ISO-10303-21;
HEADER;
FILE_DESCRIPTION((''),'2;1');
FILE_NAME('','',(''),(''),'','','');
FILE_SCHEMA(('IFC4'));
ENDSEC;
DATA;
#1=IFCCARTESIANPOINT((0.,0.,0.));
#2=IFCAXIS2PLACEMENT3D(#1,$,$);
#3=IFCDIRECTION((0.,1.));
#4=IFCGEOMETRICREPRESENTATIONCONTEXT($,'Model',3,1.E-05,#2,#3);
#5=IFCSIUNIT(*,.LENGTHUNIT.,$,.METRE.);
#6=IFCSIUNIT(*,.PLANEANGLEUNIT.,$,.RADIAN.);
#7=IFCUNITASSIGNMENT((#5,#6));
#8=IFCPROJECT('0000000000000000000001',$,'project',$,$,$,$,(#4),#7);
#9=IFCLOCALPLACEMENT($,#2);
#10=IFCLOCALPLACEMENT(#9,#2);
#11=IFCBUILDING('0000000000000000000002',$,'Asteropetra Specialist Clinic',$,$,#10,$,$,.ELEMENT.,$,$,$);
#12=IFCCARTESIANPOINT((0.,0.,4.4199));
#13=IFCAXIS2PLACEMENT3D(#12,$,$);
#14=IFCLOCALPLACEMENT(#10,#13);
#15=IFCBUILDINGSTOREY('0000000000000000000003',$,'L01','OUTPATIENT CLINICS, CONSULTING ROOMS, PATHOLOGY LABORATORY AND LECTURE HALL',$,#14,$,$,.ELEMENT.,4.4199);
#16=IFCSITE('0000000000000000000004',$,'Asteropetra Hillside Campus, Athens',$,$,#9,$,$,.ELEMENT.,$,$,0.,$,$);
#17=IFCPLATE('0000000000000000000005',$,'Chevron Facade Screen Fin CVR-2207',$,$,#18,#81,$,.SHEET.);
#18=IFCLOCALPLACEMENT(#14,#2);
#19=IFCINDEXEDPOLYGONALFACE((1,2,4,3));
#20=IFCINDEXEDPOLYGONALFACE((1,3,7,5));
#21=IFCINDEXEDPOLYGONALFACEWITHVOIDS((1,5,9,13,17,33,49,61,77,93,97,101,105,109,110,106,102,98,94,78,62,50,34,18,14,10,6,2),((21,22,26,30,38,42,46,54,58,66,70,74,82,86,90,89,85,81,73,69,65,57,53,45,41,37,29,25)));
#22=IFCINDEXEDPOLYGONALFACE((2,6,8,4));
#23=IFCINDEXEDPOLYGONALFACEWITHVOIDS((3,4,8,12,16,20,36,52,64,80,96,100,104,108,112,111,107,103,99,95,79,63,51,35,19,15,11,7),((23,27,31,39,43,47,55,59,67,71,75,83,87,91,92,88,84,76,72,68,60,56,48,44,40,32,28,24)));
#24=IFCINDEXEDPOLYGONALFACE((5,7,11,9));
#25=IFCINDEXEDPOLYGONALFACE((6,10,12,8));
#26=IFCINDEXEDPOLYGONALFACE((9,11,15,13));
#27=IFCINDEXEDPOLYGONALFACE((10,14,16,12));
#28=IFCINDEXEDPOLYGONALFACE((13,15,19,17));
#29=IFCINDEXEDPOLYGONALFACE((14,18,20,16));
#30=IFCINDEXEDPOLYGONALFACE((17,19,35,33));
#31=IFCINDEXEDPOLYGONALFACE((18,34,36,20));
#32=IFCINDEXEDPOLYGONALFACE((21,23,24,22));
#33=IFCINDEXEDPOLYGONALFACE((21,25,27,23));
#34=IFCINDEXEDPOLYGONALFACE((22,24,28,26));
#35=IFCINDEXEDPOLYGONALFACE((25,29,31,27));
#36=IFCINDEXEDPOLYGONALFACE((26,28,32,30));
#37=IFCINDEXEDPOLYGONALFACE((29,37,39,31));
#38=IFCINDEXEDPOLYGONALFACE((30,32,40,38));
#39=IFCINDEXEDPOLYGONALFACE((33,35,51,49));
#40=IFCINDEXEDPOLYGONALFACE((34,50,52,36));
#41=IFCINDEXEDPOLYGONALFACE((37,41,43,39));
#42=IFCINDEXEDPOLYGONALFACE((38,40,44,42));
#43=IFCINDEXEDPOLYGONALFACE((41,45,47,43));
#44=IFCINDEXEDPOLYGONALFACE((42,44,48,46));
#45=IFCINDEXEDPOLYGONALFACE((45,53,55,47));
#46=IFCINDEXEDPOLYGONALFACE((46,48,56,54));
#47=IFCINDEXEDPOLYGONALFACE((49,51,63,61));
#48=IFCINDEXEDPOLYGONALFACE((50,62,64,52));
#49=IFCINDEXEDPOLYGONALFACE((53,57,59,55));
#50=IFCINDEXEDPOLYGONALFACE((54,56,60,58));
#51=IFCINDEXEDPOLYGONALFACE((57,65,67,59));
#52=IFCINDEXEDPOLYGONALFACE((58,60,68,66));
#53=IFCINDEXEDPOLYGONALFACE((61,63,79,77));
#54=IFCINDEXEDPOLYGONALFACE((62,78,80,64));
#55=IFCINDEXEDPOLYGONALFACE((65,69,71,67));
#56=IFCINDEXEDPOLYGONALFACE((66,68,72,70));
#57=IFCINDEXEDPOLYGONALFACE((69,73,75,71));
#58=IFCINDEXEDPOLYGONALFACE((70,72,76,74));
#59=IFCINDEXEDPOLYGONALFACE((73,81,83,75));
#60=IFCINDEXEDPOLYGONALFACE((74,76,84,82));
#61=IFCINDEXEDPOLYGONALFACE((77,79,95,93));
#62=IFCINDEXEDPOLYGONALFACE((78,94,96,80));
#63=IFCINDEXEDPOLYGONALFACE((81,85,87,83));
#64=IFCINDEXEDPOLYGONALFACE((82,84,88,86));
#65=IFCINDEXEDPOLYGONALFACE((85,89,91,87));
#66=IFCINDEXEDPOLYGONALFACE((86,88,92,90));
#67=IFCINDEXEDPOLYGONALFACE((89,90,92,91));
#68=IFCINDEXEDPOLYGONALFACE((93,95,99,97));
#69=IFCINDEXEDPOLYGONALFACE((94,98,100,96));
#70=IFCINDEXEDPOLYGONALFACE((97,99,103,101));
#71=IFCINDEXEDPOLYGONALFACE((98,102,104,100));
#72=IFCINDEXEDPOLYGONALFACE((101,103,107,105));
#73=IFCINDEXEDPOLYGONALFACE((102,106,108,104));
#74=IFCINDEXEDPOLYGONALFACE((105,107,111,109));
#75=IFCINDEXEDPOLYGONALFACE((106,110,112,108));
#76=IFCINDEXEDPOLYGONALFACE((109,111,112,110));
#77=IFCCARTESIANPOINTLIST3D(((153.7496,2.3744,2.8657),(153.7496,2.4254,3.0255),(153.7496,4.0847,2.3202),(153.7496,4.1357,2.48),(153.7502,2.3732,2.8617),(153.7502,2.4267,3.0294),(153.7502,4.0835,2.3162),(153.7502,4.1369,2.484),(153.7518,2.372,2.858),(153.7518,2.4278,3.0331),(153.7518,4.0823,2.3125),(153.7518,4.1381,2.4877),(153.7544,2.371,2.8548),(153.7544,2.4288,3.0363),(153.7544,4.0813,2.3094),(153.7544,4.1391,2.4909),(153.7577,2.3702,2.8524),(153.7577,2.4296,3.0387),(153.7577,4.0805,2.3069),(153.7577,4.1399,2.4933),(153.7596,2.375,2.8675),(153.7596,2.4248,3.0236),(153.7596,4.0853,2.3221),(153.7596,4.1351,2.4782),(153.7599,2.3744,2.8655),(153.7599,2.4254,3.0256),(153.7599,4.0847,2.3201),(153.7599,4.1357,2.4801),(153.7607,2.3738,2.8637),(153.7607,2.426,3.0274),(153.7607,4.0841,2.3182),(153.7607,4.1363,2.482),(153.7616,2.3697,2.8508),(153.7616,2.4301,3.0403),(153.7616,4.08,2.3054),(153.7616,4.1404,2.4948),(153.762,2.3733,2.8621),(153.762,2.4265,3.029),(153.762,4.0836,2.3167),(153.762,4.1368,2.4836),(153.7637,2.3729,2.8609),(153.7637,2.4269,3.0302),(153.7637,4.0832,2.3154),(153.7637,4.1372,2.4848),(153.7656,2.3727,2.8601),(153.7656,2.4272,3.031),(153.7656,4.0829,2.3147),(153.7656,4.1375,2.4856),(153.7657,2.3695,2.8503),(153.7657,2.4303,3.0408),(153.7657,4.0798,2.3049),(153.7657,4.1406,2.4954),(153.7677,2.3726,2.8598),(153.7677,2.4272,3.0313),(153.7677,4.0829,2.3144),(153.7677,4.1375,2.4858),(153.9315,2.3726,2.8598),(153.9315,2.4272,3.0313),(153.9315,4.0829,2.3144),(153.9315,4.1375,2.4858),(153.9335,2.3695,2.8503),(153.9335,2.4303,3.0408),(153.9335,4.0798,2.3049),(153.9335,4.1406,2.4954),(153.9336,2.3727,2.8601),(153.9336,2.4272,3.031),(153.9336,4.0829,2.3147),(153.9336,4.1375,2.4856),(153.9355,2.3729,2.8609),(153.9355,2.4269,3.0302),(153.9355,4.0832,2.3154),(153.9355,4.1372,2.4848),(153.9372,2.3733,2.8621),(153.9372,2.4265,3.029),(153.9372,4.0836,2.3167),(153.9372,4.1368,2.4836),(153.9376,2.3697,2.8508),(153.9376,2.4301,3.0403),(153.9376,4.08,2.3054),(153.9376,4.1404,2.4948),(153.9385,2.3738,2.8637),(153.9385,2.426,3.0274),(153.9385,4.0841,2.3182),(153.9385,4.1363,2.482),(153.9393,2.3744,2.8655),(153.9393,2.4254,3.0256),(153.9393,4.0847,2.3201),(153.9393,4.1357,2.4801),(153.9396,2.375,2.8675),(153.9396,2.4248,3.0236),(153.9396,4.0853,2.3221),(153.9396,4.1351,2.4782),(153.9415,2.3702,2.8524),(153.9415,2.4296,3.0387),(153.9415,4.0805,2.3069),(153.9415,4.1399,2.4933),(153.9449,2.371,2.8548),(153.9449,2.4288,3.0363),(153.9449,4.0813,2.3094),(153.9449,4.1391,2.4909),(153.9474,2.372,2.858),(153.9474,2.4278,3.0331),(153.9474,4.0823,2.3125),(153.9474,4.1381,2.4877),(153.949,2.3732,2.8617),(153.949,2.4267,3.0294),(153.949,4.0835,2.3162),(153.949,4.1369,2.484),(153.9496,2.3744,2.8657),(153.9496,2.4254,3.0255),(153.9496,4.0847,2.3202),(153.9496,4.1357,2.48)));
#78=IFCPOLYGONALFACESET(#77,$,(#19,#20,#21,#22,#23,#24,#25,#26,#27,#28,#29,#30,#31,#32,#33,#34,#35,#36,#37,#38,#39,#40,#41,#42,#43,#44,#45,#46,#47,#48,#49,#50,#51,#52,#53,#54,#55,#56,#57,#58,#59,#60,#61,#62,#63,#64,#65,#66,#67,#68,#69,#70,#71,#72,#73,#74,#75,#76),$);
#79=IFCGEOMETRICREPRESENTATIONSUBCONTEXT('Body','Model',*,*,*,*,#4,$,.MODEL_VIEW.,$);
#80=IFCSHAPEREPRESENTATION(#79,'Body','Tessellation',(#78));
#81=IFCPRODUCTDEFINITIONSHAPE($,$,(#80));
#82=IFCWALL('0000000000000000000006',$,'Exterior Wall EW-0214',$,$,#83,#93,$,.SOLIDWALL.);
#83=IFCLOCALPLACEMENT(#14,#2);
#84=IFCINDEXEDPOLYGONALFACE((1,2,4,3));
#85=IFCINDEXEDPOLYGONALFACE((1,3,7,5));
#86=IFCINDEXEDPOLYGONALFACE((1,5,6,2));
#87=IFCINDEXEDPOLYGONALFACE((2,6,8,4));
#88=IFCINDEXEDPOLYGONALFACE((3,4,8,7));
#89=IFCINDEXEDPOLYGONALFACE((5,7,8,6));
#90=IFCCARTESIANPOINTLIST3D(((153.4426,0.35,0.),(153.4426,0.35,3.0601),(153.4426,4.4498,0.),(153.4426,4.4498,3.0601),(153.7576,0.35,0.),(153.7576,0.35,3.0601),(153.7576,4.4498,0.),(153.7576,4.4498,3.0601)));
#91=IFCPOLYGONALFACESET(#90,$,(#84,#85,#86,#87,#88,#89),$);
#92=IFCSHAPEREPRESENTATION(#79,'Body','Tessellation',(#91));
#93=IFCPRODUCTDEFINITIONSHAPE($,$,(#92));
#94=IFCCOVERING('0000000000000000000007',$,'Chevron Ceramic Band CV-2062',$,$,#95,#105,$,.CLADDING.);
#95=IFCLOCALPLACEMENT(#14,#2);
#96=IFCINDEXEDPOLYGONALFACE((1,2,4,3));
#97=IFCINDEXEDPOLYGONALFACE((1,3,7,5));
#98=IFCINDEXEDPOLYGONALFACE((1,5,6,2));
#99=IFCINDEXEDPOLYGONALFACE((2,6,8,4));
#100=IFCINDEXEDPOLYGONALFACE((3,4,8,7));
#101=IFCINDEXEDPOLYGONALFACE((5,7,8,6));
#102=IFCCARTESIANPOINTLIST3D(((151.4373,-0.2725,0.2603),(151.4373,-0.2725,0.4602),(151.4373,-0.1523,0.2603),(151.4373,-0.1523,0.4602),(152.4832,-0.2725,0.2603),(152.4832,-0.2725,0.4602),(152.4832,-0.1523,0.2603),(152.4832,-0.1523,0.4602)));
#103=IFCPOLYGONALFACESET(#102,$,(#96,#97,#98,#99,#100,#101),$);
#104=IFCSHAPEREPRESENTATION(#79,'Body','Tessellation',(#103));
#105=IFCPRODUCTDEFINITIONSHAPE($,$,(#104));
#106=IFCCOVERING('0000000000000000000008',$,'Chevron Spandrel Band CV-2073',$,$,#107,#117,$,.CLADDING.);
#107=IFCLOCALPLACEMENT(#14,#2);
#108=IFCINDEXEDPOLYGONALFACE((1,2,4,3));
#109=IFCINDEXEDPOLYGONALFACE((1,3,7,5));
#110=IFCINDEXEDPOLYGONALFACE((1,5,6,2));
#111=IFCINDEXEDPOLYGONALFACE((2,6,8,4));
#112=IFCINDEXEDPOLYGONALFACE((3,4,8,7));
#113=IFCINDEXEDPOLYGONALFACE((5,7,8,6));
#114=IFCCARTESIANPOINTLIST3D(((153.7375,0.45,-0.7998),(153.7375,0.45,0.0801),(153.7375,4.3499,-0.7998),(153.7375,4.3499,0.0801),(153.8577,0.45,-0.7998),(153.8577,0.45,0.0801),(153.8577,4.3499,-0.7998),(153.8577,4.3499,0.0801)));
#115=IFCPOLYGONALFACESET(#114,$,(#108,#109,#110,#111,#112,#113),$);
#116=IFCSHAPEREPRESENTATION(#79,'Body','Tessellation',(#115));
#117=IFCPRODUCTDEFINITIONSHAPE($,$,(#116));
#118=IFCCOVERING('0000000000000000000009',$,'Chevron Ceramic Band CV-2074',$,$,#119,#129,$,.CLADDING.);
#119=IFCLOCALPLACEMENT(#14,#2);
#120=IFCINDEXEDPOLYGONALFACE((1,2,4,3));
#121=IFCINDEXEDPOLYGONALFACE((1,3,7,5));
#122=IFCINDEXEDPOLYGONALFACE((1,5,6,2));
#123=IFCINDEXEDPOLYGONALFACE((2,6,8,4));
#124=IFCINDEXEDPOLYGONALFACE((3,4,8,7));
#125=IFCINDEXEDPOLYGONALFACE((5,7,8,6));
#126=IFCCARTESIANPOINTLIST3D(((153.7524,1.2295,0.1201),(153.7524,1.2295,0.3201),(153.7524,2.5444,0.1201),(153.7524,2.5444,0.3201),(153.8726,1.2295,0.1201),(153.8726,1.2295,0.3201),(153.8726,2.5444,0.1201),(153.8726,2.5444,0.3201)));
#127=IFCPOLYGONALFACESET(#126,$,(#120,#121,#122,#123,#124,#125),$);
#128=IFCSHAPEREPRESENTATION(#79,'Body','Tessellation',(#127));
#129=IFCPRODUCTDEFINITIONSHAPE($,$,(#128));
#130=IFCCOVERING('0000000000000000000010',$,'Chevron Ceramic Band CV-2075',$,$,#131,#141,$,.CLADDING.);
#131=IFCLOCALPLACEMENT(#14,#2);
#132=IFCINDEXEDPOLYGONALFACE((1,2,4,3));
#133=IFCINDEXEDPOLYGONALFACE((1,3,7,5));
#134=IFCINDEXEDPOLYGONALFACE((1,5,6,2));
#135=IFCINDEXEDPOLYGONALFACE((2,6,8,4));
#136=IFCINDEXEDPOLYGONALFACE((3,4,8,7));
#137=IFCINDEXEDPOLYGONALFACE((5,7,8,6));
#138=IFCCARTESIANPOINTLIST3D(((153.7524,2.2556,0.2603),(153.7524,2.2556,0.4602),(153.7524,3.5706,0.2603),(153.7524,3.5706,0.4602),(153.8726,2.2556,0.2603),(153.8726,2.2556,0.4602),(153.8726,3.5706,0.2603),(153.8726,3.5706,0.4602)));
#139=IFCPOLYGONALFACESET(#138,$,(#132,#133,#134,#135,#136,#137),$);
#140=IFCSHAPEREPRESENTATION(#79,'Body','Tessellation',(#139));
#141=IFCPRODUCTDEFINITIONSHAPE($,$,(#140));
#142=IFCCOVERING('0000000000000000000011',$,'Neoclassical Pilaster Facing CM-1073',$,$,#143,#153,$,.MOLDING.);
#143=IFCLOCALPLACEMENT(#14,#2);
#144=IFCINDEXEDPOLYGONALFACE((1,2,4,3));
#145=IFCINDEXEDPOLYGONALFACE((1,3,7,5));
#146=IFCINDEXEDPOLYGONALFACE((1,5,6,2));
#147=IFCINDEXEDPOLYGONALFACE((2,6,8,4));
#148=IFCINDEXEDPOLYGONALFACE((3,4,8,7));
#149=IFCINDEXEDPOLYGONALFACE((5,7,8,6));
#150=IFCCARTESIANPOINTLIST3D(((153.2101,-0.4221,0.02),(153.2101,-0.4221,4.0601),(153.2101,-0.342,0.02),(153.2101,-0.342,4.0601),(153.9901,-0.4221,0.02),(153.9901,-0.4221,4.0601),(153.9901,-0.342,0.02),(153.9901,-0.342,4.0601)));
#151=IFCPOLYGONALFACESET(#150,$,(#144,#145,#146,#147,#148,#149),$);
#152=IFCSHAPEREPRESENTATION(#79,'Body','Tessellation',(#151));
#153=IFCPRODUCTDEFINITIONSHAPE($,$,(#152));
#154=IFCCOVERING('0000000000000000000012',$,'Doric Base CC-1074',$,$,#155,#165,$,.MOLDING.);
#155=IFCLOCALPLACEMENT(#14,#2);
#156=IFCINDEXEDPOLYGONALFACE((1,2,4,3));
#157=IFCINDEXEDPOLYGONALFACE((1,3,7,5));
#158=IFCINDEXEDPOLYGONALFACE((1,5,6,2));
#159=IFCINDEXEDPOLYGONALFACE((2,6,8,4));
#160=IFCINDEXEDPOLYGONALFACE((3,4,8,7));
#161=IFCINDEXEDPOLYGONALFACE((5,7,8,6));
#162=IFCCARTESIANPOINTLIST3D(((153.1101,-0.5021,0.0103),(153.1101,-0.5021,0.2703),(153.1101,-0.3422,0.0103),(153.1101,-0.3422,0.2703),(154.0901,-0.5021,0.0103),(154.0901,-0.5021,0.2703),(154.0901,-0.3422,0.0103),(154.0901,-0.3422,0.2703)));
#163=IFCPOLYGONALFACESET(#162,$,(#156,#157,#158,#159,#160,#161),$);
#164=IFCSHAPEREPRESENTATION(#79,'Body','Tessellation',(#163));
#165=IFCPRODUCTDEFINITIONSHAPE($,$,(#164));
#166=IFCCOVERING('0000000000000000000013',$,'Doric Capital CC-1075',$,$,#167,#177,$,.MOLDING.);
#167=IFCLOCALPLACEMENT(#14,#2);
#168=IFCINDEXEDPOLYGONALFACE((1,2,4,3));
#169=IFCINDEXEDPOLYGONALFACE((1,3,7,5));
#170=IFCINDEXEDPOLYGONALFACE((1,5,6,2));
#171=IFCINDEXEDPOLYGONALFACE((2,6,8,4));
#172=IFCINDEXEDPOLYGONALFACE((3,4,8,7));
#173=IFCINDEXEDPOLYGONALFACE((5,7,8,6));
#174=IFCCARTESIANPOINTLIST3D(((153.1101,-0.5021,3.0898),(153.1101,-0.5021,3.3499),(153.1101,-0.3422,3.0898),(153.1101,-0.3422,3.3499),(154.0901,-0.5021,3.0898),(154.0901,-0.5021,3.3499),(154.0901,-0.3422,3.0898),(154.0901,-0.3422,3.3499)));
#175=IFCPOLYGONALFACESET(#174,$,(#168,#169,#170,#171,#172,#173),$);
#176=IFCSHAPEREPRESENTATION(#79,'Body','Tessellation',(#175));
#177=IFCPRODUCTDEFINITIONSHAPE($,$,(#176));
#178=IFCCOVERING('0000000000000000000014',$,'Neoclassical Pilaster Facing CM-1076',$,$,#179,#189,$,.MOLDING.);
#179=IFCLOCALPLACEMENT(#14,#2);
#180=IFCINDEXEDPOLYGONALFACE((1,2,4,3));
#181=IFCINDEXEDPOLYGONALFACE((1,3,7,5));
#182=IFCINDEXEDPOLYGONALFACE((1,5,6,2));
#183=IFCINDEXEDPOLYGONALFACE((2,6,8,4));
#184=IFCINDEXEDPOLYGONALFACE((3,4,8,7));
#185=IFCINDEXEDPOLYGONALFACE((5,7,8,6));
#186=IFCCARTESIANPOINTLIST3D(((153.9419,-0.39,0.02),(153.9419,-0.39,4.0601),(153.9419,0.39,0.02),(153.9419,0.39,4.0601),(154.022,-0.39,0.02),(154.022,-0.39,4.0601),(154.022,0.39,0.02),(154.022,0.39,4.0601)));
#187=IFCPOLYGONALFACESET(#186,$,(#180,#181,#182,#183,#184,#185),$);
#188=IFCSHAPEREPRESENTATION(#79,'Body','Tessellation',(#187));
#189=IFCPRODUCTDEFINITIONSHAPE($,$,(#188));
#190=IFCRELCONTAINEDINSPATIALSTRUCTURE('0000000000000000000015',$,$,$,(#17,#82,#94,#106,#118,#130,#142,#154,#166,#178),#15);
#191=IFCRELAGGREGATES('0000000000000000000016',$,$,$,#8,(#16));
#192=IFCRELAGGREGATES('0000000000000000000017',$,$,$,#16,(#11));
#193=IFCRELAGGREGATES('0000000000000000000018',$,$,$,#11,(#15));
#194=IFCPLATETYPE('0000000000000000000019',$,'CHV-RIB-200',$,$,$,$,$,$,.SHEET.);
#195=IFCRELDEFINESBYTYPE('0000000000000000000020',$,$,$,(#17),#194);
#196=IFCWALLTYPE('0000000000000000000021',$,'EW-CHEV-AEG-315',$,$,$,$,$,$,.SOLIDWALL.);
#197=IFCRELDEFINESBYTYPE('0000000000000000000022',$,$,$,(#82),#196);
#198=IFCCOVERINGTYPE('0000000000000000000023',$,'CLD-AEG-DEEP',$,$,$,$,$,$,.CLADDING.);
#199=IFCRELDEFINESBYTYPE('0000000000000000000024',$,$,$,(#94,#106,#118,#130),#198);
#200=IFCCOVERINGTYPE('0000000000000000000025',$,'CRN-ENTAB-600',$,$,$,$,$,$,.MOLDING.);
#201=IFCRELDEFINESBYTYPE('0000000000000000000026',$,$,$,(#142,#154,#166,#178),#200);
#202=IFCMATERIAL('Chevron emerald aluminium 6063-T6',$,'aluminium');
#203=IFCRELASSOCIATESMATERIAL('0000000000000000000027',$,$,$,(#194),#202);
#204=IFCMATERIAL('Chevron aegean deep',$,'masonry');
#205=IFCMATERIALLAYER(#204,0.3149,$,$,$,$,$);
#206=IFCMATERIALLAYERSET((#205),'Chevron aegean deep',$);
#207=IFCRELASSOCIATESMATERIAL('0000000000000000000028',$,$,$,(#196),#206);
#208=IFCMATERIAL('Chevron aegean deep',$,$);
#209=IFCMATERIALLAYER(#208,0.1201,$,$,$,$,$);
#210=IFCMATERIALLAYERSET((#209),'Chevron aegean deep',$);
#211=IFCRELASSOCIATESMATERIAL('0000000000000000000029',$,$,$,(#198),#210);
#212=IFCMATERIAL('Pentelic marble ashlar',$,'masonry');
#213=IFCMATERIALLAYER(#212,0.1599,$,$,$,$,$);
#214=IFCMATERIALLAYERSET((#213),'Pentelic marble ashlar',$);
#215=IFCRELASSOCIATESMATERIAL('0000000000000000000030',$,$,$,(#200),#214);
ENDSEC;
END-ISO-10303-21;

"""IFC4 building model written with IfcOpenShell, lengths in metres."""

from ifc_helpers import new_model, si_unit, direction, frame, frame_2d, origin, origin_2d, place, context, subcontext, project, spatial, rectangle, hollow_rectangle, extrude, material, layer, layer_set, material_profile, profile_set, type_object, element, save


model = new_model("IFC4")

# Units and contexts
model_context = context("Model", 3, precision=1e-05, world=origin(), true_north=direction((0.0, 1.0)))
body_context = subcontext(model_context, "Body", "Model", "MODEL_VIEW")
ifc_project = project(units=[si_unit("LENGTHUNIT", "METRE"), si_unit("PLANEANGLEUNIT", "RADIAN")], contexts=[model_context])

# Site, building, storey
site_placement = place(None, origin())
site = spatial("IfcSite", under=ifc_project, at=site_placement, Name="Asteropetra Hillside Campus, Athens", CompositionType="ELEMENT", RefElevation=0.0)
building_placement = place(site_placement, origin())
building = spatial("IfcBuilding", under=site, at=building_placement, Name="Asteropetra Specialist Clinic", CompositionType="ELEMENT")
storey_placement = place(building_placement, frame((0.0, 0.0, 4.4199)))
storey = spatial("IfcBuildingStorey", under=building, at=storey_placement, Name="L01", Description="OUTPATIENT CLINICS, CONSULTING ROOMS, PATHOLOGY LABORATORY AND LECTURE HALL", CompositionType="ELEMENT", Elevation=4.4199)

# Plate
ifc_material_1 = material(Name="Chevron emerald aluminium 6063-T6", Category="aluminium")
ifc_material_profile_1 = material_profile(ifc_material_1, hollow_rectangle(XDim=0.2, YDim=0.2, WallThickness=0.01, InnerFilletRadius=0.0081, OuterFilletRadius=0.0161, at=origin_2d()), Name="SHS 200x200x10.0")
ifc_profile_set_1 = profile_set([ifc_material_profile_1], Name="Chevron emerald aluminium 6063-T6")
plate_type = type_object("IfcPlateType", Name="CHV-RIB-200", PredefinedType="SHEET", material=ifc_profile_set_1)
plate_1_placement = place(storey_placement, frame((153.8496, 2.3999, 2.9456), z_axis=(0.0, 0.952724, -0.303838), x_axis=(-1.0, 0.0, 0.0)))
element("IfcPlate", 1, at=plate_1_placement, inside=storey, type_object=plate_type, Name="Chevron Facade Screen Fin CVR-2207", PredefinedType="SHEET", context=body_context, shape_type="SweptSolid", body=[
    extrude(hollow_rectangle(XDim=0.2, YDim=0.2, WallThickness=0.01, InnerFilletRadius=0.0081, OuterFilletRadius=0.0161, at=origin_2d()), origin(), (0.0, 0.0, 1.0), 1.7952),
])

# Wall
ifc_material_2 = material(Name="Chevron aegean deep", Category="masonry")
ifc_layer_1 = layer(ifc_material_2, 0.3149)
ifc_layer_set_1 = layer_set([ifc_layer_1], Name="Chevron aegean deep")
wall_type = type_object("IfcWallType", Name="EW-CHEV-AEG-315", PredefinedType="SOLIDWALL", material=ifc_layer_set_1)
wall_placement = place(storey_placement, frame((153.6001, 0.3501, 0.0), z_axis=(0.0, 0.0, 1.0), x_axis=(0.0, 1.0, 0.0)))
element("IfcWall", 2, at=wall_placement, inside=storey, type_object=wall_type, Name="Exterior Wall EW-0214", PredefinedType="SOLIDWALL", context=body_context, shape_type="SweptSolid", body=[
    extrude(rectangle(XDim=4.0999, YDim=0.3149, at=frame_2d((2.0498, 0.0))), origin(), (0.0, 0.0, 1.0), 3.0601),
])

# Coverings
ifc_material_3 = material(Name="Chevron aegean deep")
ifc_layer_2 = layer(ifc_material_3, 0.1201)
ifc_layer_set_2 = layer_set([ifc_layer_2], Name="Chevron aegean deep")
covering_type_1 = type_object("IfcCoveringType", Name="CLD-AEG-DEEP", PredefinedType="CLADDING", material=ifc_layer_set_2)
covering_1_placement = place(storey_placement, frame((151.9602, -0.2124, 0.2603), z_axis=(0.0, 0.0, 1.0), x_axis=(1.0, 0.0, 0.0)))
element("IfcCovering", 3, at=covering_1_placement, inside=storey, type_object=covering_type_1, Name="Chevron Ceramic Band CV-2062", PredefinedType="CLADDING", context=body_context, shape_type="SweptSolid", body=[
    extrude(rectangle(XDim=1.0459, YDim=0.1201, at=origin_2d()), origin(), (0.0, 0.0, 1.0), 0.2),
])
covering_2_placement = place(storey_placement, frame((153.7976, 2.3999, -0.7998), z_axis=(0.0, 0.0, 1.0), x_axis=(1.0, 0.0, 0.0)))
element("IfcCovering", 4, at=covering_2_placement, inside=storey, type_object=covering_type_1, Name="Chevron Spandrel Band CV-2073", PredefinedType="CLADDING", context=body_context, shape_type="SweptSolid", body=[
    extrude(rectangle(XDim=0.1201, YDim=3.8999, at=origin_2d()), origin(), (0.0, 0.0, 1.0), 0.8799),
])
for number, where, z_axis, x_axis, name in (
    (5, (153.8125, 1.887, 0.1201), (0.0, 0.0, 1.0), (1.0, 0.0, 0.0), "Chevron Ceramic Band CV-2074"),
    (6, (153.8125, 2.9131, 0.2603), (0.0, 0.0, 1.0), (1.0, 0.0, 0.0), "Chevron Ceramic Band CV-2075"),
):
    element("IfcCovering", number, at=place(storey_placement, frame(where, z_axis=z_axis, x_axis=x_axis)), inside=storey, type_object=covering_type_1, Name=name, PredefinedType="CLADDING", context=body_context, shape_type="SweptSolid", body=[
        extrude(rectangle(XDim=0.1201, YDim=1.3149, at=origin_2d()), origin(), (0.0, 0.0, 1.0), 0.2),
    ])
ifc_material_4 = material(Name="Pentelic marble ashlar", Category="masonry")
ifc_layer_3 = layer(ifc_material_4, 0.1599)
ifc_layer_set_3 = layer_set([ifc_layer_3], Name="Pentelic marble ashlar")
covering_type_2 = type_object("IfcCoveringType", Name="CRN-ENTAB-600", PredefinedType="MOLDING", material=ifc_layer_set_3)
covering_3_placement = place(storey_placement, frame((153.6001, -0.3821, 0.02), z_axis=(0.0, 0.0, 1.0), x_axis=(1.0, 0.0, 0.0)))
element("IfcCovering", 7, at=covering_3_placement, inside=storey, type_object=covering_type_2, Name="Neoclassical Pilaster Facing CM-1073", PredefinedType="MOLDING", context=body_context, shape_type="SweptSolid", body=[
    extrude(rectangle(XDim=0.78, YDim=0.0801, at=origin_2d()), origin(), (0.0, 0.0, 1.0), 4.04),
])
for number, where, z_axis, x_axis, name in (
    (8, (153.6001, -0.4221, 0.0103), (0.0, 0.0, 1.0), (1.0, 0.0, 0.0), "Doric Base CC-1074"),
    (9, (153.6001, -0.4221, 3.0898), (0.0, 0.0, 1.0), (1.0, 0.0, 0.0), "Doric Capital CC-1075"),
):
    element("IfcCovering", number, at=place(storey_placement, frame(where, z_axis=z_axis, x_axis=x_axis)), inside=storey, type_object=covering_type_2, Name=name, PredefinedType="MOLDING", context=body_context, shape_type="SweptSolid", body=[
        extrude(rectangle(XDim=0.98, YDim=0.1599, at=origin_2d()), origin(), (0.0, 0.0, 1.0), 0.26),
    ])
covering_4_placement = place(storey_placement, frame((153.9819, 0.0, 0.02), z_axis=(0.0, 0.0, 1.0), x_axis=(1.0, 0.0, 0.0)))
element("IfcCovering", 10, at=covering_4_placement, inside=storey, type_object=covering_type_2, Name="Neoclassical Pilaster Facing CM-1076", PredefinedType="MOLDING", context=body_context, shape_type="SweptSolid", body=[
    extrude(rectangle(XDim=0.0801, YDim=0.78, at=origin_2d()), origin(), (0.0, 0.0, 1.0), 4.04),
])

save(model, "model.ifc")
